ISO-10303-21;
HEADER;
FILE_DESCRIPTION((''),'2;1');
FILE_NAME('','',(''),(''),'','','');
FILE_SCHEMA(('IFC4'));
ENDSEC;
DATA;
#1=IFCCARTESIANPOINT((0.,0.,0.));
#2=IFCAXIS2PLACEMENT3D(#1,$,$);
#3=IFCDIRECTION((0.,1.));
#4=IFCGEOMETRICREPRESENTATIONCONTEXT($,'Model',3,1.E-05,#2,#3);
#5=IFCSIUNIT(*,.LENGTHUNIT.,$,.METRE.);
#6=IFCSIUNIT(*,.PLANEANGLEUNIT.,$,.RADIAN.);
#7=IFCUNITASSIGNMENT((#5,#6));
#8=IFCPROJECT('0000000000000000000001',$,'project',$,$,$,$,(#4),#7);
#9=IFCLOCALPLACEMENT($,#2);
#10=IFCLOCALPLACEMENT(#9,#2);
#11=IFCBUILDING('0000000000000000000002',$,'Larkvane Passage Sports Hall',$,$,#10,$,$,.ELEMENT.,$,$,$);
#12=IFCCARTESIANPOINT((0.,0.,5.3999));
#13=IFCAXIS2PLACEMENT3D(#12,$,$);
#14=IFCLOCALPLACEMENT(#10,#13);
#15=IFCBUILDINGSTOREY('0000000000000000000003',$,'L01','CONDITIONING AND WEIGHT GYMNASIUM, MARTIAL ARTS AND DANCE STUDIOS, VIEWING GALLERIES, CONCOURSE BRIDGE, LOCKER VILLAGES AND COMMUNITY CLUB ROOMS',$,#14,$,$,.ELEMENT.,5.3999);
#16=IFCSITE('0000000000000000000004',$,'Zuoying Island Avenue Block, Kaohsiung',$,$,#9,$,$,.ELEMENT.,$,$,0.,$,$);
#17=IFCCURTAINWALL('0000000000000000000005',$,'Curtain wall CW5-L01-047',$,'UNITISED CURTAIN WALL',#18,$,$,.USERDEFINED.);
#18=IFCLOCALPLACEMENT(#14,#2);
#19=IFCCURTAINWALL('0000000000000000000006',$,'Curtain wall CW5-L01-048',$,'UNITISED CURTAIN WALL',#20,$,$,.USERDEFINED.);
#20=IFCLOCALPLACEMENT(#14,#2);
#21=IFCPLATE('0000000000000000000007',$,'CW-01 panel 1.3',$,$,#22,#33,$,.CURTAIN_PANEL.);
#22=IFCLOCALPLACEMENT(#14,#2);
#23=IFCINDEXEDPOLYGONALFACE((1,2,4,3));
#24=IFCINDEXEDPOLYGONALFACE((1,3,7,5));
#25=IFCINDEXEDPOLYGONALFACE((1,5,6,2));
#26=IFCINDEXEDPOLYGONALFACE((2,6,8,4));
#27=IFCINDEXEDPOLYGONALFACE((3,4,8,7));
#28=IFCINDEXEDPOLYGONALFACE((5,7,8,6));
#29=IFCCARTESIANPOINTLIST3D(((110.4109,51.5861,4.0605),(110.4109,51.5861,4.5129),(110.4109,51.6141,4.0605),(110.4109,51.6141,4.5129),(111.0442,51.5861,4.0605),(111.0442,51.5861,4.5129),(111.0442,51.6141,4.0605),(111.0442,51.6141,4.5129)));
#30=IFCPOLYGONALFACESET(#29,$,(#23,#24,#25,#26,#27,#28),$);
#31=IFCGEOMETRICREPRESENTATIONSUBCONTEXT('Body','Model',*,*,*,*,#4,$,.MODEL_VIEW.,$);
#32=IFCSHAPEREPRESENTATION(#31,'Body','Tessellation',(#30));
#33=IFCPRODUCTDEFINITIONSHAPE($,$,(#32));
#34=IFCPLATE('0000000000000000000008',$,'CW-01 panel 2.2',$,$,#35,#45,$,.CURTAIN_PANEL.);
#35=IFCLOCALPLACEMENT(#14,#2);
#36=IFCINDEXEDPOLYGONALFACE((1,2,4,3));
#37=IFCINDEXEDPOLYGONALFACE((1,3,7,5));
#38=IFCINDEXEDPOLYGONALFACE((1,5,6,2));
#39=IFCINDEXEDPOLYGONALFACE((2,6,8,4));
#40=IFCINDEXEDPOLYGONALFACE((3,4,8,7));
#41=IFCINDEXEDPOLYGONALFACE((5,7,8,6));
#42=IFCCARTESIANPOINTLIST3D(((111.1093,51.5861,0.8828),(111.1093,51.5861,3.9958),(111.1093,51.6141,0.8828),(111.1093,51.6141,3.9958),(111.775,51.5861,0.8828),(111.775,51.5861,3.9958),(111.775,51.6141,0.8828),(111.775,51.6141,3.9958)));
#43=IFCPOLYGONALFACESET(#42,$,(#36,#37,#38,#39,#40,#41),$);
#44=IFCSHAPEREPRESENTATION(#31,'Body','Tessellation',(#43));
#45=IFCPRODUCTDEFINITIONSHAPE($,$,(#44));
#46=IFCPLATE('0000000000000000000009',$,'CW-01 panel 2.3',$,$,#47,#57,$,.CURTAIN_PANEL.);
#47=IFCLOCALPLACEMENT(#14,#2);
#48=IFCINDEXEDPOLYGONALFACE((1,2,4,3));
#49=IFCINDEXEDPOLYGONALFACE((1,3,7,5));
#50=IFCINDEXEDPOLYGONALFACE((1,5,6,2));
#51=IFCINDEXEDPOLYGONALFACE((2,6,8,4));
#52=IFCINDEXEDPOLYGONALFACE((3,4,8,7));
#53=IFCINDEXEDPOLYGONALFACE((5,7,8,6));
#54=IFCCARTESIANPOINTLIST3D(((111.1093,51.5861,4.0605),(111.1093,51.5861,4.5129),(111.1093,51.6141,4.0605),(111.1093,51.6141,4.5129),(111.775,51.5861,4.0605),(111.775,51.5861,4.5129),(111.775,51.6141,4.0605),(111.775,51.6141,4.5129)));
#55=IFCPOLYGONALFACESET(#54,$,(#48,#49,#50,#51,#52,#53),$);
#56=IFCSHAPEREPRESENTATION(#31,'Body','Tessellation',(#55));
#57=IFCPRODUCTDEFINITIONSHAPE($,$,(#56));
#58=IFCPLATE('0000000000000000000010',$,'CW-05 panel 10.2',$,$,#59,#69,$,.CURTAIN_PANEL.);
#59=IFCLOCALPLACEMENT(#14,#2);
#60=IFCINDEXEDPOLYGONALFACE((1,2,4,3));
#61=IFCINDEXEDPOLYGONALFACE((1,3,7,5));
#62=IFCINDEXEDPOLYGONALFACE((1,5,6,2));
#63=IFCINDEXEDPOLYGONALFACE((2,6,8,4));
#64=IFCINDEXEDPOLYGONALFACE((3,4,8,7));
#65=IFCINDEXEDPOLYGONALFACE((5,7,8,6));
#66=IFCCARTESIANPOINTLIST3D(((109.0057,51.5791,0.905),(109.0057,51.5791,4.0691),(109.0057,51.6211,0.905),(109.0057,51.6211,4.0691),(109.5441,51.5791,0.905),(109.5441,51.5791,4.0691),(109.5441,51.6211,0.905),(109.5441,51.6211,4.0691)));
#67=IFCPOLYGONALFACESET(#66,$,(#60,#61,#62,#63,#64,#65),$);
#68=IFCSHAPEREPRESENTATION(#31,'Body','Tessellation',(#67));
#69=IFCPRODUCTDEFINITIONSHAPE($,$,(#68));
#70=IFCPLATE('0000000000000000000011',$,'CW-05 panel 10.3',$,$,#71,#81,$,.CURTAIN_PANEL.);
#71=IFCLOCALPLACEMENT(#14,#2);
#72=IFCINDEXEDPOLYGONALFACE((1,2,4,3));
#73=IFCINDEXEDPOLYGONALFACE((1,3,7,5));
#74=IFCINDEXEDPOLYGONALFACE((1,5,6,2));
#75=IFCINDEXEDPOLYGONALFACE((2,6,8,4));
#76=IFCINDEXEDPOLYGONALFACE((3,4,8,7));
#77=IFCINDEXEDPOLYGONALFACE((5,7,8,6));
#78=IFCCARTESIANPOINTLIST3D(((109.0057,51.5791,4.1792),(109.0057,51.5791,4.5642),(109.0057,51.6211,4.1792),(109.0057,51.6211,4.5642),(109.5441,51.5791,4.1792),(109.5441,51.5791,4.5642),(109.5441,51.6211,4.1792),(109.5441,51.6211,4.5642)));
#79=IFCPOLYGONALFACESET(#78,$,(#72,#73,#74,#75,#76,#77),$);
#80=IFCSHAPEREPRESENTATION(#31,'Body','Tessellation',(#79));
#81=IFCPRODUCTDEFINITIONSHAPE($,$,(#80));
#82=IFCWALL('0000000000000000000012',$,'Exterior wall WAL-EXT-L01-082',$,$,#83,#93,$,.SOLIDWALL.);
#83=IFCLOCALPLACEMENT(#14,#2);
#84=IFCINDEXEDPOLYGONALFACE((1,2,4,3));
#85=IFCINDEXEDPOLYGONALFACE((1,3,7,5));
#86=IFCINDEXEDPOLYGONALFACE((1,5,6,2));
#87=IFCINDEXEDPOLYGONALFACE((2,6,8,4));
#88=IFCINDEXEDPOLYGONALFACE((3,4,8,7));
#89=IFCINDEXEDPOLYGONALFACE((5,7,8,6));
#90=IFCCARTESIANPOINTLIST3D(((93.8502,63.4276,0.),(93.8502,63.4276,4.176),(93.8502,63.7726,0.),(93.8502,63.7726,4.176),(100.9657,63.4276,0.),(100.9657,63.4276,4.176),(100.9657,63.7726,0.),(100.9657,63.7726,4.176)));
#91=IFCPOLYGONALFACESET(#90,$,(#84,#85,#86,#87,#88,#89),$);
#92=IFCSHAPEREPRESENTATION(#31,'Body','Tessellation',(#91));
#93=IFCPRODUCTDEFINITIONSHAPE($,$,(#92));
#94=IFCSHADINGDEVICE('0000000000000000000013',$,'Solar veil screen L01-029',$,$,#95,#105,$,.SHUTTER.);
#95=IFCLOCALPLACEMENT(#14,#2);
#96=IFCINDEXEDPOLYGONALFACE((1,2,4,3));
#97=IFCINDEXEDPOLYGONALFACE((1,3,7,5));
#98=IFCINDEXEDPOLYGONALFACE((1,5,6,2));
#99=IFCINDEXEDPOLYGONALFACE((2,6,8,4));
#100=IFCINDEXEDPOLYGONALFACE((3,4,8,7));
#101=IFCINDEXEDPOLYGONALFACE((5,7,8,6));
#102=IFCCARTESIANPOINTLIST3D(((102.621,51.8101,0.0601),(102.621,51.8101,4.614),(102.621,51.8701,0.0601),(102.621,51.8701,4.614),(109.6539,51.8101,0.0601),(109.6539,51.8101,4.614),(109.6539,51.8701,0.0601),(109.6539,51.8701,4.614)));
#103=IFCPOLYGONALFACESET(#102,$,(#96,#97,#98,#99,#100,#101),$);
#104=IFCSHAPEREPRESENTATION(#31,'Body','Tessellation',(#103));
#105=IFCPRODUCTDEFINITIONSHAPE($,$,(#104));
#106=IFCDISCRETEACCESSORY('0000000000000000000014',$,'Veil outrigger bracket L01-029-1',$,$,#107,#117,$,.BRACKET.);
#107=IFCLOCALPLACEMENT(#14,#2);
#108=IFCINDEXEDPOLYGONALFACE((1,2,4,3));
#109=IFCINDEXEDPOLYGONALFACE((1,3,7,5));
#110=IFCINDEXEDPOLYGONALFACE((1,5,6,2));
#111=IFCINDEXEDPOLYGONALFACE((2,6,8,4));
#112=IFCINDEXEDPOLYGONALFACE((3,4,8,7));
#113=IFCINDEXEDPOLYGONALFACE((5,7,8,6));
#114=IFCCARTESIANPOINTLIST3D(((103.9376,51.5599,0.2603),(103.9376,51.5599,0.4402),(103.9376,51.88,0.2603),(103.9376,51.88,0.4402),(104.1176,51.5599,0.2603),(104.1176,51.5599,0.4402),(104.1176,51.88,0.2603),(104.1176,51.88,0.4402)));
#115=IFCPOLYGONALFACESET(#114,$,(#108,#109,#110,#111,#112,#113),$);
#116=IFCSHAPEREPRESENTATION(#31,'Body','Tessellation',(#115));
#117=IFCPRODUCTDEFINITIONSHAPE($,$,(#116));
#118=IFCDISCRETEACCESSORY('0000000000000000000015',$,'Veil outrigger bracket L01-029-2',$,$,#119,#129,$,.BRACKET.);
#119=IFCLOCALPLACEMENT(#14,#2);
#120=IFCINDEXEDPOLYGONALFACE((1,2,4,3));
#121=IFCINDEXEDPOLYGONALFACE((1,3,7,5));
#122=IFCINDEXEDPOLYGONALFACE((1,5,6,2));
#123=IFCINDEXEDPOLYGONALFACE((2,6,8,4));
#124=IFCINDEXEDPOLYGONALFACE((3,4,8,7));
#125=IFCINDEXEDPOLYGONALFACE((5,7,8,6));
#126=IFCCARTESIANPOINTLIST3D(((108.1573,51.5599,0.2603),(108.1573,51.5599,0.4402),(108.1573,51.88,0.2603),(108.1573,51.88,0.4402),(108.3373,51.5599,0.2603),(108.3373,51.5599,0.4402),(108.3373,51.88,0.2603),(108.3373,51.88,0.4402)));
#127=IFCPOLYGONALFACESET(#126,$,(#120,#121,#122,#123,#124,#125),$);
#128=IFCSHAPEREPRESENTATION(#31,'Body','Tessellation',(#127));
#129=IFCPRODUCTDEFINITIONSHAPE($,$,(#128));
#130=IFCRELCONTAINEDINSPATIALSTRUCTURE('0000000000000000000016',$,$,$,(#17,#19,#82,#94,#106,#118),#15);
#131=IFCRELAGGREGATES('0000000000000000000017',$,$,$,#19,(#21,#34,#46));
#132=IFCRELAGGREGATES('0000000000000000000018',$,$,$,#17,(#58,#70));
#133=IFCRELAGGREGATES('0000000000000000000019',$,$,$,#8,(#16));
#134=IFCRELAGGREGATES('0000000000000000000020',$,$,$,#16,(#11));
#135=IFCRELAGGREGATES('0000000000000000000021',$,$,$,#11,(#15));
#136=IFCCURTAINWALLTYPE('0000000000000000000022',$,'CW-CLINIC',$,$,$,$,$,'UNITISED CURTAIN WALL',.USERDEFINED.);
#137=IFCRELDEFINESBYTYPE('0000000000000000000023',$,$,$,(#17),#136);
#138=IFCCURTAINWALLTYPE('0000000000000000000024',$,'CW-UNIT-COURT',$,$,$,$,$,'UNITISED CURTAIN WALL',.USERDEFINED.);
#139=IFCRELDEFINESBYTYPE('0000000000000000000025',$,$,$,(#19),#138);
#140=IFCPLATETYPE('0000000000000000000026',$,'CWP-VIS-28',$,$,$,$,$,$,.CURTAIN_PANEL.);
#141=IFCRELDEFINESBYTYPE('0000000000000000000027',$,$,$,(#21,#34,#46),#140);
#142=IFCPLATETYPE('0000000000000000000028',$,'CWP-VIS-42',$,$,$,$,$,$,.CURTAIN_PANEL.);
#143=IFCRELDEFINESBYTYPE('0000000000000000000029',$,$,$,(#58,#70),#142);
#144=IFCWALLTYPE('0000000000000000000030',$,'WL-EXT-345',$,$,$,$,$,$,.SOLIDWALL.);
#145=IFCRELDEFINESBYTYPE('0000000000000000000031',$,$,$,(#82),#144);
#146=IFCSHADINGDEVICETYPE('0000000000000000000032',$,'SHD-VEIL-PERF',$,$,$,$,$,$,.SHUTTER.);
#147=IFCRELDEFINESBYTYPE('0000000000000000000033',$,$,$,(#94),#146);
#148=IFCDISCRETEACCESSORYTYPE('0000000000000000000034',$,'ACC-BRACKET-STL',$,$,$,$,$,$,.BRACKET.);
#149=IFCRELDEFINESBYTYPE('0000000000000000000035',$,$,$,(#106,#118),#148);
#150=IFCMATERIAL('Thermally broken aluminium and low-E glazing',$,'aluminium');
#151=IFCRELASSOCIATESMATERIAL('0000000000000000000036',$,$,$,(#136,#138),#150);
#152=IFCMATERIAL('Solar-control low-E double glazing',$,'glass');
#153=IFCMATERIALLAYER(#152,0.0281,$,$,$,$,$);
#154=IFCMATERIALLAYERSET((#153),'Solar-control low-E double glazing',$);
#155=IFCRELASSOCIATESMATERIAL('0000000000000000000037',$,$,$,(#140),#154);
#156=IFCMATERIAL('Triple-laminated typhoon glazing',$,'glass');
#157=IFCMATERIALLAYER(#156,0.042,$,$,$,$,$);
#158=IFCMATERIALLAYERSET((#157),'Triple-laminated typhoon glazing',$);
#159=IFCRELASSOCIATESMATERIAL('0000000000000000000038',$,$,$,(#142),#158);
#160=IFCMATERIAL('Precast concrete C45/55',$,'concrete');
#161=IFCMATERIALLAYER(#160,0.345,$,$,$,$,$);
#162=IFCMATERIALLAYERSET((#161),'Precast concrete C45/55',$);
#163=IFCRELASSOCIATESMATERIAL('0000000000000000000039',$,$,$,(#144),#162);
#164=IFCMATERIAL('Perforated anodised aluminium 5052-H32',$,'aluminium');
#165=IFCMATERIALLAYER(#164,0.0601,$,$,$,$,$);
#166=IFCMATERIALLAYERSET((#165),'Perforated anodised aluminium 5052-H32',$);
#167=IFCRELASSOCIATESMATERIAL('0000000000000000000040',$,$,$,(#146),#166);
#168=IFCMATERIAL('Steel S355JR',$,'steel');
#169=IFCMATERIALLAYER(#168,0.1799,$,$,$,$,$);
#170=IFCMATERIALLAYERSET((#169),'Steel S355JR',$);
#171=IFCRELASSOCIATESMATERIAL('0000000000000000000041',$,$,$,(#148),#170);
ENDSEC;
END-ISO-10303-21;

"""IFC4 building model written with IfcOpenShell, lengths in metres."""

from ifc_helpers import new_model, si_unit, direction, frame, frame_2d, origin, origin_2d, place, context, subcontext, project, spatial, rectangle, extrude, material, layer, layer_set, type_object, element, aggregate, save


model = new_model("IFC4")

# Units and contexts
model_context = context("Model", 3, precision=1e-05, world=origin(), true_north=direction((0.0, 1.0)))
body_context = subcontext(model_context, "Body", "Model", "MODEL_VIEW")
ifc_project = project(units=[si_unit("LENGTHUNIT", "METRE"), si_unit("PLANEANGLEUNIT", "RADIAN")], contexts=[model_context])

# Site, building, storey
site_placement = place(None, origin())
site = spatial("IfcSite", under=ifc_project, at=site_placement, Name="Zuoying Island Avenue Block, Kaohsiung", CompositionType="ELEMENT", RefElevation=0.0)
building_placement = place(site_placement, origin())
building = spatial("IfcBuilding", under=site, at=building_placement, Name="Larkvane Passage Sports Hall", CompositionType="ELEMENT")
storey_placement = place(building_placement, frame((0.0, 0.0, 5.3999)))
storey = spatial("IfcBuildingStorey", under=building, at=storey_placement, Name="L01", Description="CONDITIONING AND WEIGHT GYMNASIUM, MARTIAL ARTS AND DANCE STUDIOS, VIEWING GALLERIES, CONCOURSE BRIDGE, LOCKER VILLAGES AND COMMUNITY CLUB ROOMS", CompositionType="ELEMENT", Elevation=5.3999)

# Curtain wall
ifc_material_1 = material(Name="Thermally broken aluminium and low-E glazing", Category="aluminium")
curtain_wall_type_1 = type_object("IfcCurtainWallType", Name="CW-CLINIC", ElementType="UNITISED CURTAIN WALL", PredefinedType="USERDEFINED", material=ifc_material_1)
curtain_wall_1_placement = place(storey_placement, origin())
curtain_wall_1 = element("IfcCurtainWall", 1, at=curtain_wall_1_placement, inside=storey, type_object=curtain_wall_type_1, Name="Curtain wall CW5-L01-047", ObjectType="UNITISED CURTAIN WALL", PredefinedType="USERDEFINED")

# Curtain wall
curtain_wall_type_2 = type_object("IfcCurtainWallType", Name="CW-UNIT-COURT", ElementType="UNITISED CURTAIN WALL", PredefinedType="USERDEFINED", material=ifc_material_1)
curtain_wall_2_placement = place(storey_placement, origin())
curtain_wall_2 = element("IfcCurtainWall", 2, at=curtain_wall_2_placement, inside=storey, type_object=curtain_wall_type_2, Name="Curtain wall CW5-L01-048", ObjectType="UNITISED CURTAIN WALL", PredefinedType="USERDEFINED")

# Plates
ifc_material_2 = material(Name="Solar-control low-E double glazing", Category="glass")
ifc_layer_1 = layer(ifc_material_2, 0.0281)
ifc_layer_set_1 = layer_set([ifc_layer_1], Name="Solar-control low-E double glazing")
plate_type_1 = type_object("IfcPlateType", Name="CWP-VIS-28", PredefinedType="CURTAIN_PANEL", material=ifc_layer_set_1)
plate_1_placement = place(storey_placement, frame((110.7275, 51.6001, 4.0605), z_axis=(0.0, 0.0, 1.0), x_axis=(1.0, 0.0, 0.0)))
plate_1 = element("IfcPlate", 3, at=plate_1_placement, type_object=plate_type_1, Name="CW-01 panel 1.3", PredefinedType="CURTAIN_PANEL", context=body_context, shape_type="SweptSolid", body=[
    extrude(rectangle(XDim=0.6333, YDim=0.0281, at=origin_2d()), origin(), (0.0, 0.0, 1.0), 0.4524),
])
plate_2_placement = place(storey_placement, frame((111.4421, 51.6001, 0.8828), z_axis=(0.0, 0.0, 1.0), x_axis=(1.0, 0.0, 0.0)))
plate_2 = element("IfcPlate", 4, at=plate_2_placement, type_object=plate_type_1, Name="CW-01 panel 2.2", PredefinedType="CURTAIN_PANEL", context=body_context, shape_type="SweptSolid", body=[
    extrude(rectangle(XDim=0.6658, YDim=0.0281, at=origin_2d()), origin(), (0.0, 0.0, 1.0), 3.113),
])
plate_3_placement = place(storey_placement, frame((111.4421, 51.6001, 4.0605), z_axis=(0.0, 0.0, 1.0), x_axis=(1.0, 0.0, 0.0)))
plate_3 = element("IfcPlate", 5, at=plate_3_placement, type_object=plate_type_1, Name="CW-01 panel 2.3", PredefinedType="CURTAIN_PANEL", context=body_context, shape_type="SweptSolid", body=[
    extrude(rectangle(XDim=0.6658, YDim=0.0281, at=origin_2d()), origin(), (0.0, 0.0, 1.0), 0.4524),
])
aggregate(curtain_wall_2, [plate_1, plate_2, plate_3])
ifc_material_3 = material(Name="Triple-laminated typhoon glazing", Category="glass")
ifc_layer_2 = layer(ifc_material_3, 0.042)
ifc_layer_set_2 = layer_set([ifc_layer_2], Name="Triple-laminated typhoon glazing")
plate_type_2 = type_object("IfcPlateType", Name="CWP-VIS-42", PredefinedType="CURTAIN_PANEL", material=ifc_layer_set_2)
plate_4_placement = place(storey_placement, frame((109.2749, 51.6001, 0.905), z_axis=(0.0, 0.0, 1.0), x_axis=(1.0, 0.0, 0.0)))
plate_4 = element("IfcPlate", 6, at=plate_4_placement, type_object=plate_type_2, Name="CW-05 panel 10.2", PredefinedType="CURTAIN_PANEL", context=body_context, shape_type="SweptSolid", body=[
    extrude(rectangle(XDim=0.5383, YDim=0.042, at=origin_2d()), origin(), (0.0, 0.0, 1.0), 3.1641),
])
plate_5_placement = place(storey_placement, frame((109.2749, 51.6001, 4.1792), z_axis=(0.0, 0.0, 1.0), x_axis=(1.0, 0.0, 0.0)))
plate_5 = element("IfcPlate", 7, at=plate_5_placement, type_object=plate_type_2, Name="CW-05 panel 10.3", PredefinedType="CURTAIN_PANEL", context=body_context, shape_type="SweptSolid", body=[
    extrude(rectangle(XDim=0.5383, YDim=0.042, at=origin_2d()), origin(), (0.0, 0.0, 1.0), 0.385),
])
aggregate(curtain_wall_1, [plate_4, plate_5])

# Wall
ifc_material_4 = material(Name="Precast concrete C45/55", Category="concrete")
ifc_layer_3 = layer(ifc_material_4, 0.345)
ifc_layer_set_3 = layer_set([ifc_layer_3], Name="Precast concrete C45/55")
wall_type = type_object("IfcWallType", Name="WL-EXT-345", PredefinedType="SOLIDWALL", material=ifc_layer_set_3)
wall_placement = place(storey_placement, frame((100.9656, 63.6001, 0.0), z_axis=(0.0, 0.0, 1.0), x_axis=(-1.0, 0.0, 0.0)))
element("IfcWall", 8, at=wall_placement, inside=storey, type_object=wall_type, Name="Exterior wall WAL-EXT-L01-082", PredefinedType="SOLIDWALL", context=body_context, shape_type="SweptSolid", body=[
    extrude(rectangle(XDim=7.1155, YDim=0.345, at=frame_2d((3.5576, 0.0))), origin(), (0.0, 0.0, 1.0), 4.176),
])

# Shading device
ifc_material_5 = material(Name="Perforated anodised aluminium 5052-H32", Category="aluminium")
ifc_layer_4 = layer(ifc_material_5, 0.0601)
ifc_layer_set_4 = layer_set([ifc_layer_4], Name="Perforated anodised aluminium 5052-H32")
shading_device_type = type_object("IfcShadingDeviceType", Name="SHD-VEIL-PERF", PredefinedType="SHUTTER", material=ifc_layer_set_4)
shading_device_placement = place(storey_placement, frame((106.1375, 51.8401, 0.0601), z_axis=(0.0, 0.0, 1.0), x_axis=(1.0, 0.0, 0.0)))
element("IfcShadingDevice", 9, at=shading_device_placement, inside=storey, type_object=shading_device_type, Name="Solar veil screen L01-029", PredefinedType="SHUTTER", context=body_context, shape_type="SweptSolid", body=[
    extrude(rectangle(XDim=7.033, YDim=0.0601, at=origin_2d()), origin(), (0.0, 0.0, 1.0), 4.554),
])

# Discrete accessories
ifc_material_6 = material(Name="Steel S355JR", Category="steel")
ifc_layer_5 = layer(ifc_material_6, 0.1799)
ifc_layer_set_5 = layer_set([ifc_layer_5], Name="Steel S355JR")
discrete_accessory_type = type_object("IfcDiscreteAccessoryType", Name="ACC-BRACKET-STL", PredefinedType="BRACKET", material=ifc_layer_set_5)
for number, where, z_axis, x_axis, name in (
    (10, (104.0276, 51.72, 0.2603), (0.0, 0.0, 1.0), (1.0, 0.0, 0.0), "Veil outrigger bracket L01-029-1"),
    (11, (108.2473, 51.72, 0.2603), (0.0, 0.0, 1.0), (1.0, 0.0, 0.0), "Veil outrigger bracket L01-029-2"),
):
    element("IfcDiscreteAccessory", number, at=place(storey_placement, frame(where, z_axis=z_axis, x_axis=x_axis)), inside=storey, type_object=discrete_accessory_type, Name=name, PredefinedType="BRACKET", context=body_context, shape_type="SweptSolid", body=[
        extrude(rectangle(XDim=0.1799, YDim=0.3201, at=origin_2d()), origin(), (0.0, 0.0, 1.0), 0.1799),
    ])

save(model, "model.ifc")
